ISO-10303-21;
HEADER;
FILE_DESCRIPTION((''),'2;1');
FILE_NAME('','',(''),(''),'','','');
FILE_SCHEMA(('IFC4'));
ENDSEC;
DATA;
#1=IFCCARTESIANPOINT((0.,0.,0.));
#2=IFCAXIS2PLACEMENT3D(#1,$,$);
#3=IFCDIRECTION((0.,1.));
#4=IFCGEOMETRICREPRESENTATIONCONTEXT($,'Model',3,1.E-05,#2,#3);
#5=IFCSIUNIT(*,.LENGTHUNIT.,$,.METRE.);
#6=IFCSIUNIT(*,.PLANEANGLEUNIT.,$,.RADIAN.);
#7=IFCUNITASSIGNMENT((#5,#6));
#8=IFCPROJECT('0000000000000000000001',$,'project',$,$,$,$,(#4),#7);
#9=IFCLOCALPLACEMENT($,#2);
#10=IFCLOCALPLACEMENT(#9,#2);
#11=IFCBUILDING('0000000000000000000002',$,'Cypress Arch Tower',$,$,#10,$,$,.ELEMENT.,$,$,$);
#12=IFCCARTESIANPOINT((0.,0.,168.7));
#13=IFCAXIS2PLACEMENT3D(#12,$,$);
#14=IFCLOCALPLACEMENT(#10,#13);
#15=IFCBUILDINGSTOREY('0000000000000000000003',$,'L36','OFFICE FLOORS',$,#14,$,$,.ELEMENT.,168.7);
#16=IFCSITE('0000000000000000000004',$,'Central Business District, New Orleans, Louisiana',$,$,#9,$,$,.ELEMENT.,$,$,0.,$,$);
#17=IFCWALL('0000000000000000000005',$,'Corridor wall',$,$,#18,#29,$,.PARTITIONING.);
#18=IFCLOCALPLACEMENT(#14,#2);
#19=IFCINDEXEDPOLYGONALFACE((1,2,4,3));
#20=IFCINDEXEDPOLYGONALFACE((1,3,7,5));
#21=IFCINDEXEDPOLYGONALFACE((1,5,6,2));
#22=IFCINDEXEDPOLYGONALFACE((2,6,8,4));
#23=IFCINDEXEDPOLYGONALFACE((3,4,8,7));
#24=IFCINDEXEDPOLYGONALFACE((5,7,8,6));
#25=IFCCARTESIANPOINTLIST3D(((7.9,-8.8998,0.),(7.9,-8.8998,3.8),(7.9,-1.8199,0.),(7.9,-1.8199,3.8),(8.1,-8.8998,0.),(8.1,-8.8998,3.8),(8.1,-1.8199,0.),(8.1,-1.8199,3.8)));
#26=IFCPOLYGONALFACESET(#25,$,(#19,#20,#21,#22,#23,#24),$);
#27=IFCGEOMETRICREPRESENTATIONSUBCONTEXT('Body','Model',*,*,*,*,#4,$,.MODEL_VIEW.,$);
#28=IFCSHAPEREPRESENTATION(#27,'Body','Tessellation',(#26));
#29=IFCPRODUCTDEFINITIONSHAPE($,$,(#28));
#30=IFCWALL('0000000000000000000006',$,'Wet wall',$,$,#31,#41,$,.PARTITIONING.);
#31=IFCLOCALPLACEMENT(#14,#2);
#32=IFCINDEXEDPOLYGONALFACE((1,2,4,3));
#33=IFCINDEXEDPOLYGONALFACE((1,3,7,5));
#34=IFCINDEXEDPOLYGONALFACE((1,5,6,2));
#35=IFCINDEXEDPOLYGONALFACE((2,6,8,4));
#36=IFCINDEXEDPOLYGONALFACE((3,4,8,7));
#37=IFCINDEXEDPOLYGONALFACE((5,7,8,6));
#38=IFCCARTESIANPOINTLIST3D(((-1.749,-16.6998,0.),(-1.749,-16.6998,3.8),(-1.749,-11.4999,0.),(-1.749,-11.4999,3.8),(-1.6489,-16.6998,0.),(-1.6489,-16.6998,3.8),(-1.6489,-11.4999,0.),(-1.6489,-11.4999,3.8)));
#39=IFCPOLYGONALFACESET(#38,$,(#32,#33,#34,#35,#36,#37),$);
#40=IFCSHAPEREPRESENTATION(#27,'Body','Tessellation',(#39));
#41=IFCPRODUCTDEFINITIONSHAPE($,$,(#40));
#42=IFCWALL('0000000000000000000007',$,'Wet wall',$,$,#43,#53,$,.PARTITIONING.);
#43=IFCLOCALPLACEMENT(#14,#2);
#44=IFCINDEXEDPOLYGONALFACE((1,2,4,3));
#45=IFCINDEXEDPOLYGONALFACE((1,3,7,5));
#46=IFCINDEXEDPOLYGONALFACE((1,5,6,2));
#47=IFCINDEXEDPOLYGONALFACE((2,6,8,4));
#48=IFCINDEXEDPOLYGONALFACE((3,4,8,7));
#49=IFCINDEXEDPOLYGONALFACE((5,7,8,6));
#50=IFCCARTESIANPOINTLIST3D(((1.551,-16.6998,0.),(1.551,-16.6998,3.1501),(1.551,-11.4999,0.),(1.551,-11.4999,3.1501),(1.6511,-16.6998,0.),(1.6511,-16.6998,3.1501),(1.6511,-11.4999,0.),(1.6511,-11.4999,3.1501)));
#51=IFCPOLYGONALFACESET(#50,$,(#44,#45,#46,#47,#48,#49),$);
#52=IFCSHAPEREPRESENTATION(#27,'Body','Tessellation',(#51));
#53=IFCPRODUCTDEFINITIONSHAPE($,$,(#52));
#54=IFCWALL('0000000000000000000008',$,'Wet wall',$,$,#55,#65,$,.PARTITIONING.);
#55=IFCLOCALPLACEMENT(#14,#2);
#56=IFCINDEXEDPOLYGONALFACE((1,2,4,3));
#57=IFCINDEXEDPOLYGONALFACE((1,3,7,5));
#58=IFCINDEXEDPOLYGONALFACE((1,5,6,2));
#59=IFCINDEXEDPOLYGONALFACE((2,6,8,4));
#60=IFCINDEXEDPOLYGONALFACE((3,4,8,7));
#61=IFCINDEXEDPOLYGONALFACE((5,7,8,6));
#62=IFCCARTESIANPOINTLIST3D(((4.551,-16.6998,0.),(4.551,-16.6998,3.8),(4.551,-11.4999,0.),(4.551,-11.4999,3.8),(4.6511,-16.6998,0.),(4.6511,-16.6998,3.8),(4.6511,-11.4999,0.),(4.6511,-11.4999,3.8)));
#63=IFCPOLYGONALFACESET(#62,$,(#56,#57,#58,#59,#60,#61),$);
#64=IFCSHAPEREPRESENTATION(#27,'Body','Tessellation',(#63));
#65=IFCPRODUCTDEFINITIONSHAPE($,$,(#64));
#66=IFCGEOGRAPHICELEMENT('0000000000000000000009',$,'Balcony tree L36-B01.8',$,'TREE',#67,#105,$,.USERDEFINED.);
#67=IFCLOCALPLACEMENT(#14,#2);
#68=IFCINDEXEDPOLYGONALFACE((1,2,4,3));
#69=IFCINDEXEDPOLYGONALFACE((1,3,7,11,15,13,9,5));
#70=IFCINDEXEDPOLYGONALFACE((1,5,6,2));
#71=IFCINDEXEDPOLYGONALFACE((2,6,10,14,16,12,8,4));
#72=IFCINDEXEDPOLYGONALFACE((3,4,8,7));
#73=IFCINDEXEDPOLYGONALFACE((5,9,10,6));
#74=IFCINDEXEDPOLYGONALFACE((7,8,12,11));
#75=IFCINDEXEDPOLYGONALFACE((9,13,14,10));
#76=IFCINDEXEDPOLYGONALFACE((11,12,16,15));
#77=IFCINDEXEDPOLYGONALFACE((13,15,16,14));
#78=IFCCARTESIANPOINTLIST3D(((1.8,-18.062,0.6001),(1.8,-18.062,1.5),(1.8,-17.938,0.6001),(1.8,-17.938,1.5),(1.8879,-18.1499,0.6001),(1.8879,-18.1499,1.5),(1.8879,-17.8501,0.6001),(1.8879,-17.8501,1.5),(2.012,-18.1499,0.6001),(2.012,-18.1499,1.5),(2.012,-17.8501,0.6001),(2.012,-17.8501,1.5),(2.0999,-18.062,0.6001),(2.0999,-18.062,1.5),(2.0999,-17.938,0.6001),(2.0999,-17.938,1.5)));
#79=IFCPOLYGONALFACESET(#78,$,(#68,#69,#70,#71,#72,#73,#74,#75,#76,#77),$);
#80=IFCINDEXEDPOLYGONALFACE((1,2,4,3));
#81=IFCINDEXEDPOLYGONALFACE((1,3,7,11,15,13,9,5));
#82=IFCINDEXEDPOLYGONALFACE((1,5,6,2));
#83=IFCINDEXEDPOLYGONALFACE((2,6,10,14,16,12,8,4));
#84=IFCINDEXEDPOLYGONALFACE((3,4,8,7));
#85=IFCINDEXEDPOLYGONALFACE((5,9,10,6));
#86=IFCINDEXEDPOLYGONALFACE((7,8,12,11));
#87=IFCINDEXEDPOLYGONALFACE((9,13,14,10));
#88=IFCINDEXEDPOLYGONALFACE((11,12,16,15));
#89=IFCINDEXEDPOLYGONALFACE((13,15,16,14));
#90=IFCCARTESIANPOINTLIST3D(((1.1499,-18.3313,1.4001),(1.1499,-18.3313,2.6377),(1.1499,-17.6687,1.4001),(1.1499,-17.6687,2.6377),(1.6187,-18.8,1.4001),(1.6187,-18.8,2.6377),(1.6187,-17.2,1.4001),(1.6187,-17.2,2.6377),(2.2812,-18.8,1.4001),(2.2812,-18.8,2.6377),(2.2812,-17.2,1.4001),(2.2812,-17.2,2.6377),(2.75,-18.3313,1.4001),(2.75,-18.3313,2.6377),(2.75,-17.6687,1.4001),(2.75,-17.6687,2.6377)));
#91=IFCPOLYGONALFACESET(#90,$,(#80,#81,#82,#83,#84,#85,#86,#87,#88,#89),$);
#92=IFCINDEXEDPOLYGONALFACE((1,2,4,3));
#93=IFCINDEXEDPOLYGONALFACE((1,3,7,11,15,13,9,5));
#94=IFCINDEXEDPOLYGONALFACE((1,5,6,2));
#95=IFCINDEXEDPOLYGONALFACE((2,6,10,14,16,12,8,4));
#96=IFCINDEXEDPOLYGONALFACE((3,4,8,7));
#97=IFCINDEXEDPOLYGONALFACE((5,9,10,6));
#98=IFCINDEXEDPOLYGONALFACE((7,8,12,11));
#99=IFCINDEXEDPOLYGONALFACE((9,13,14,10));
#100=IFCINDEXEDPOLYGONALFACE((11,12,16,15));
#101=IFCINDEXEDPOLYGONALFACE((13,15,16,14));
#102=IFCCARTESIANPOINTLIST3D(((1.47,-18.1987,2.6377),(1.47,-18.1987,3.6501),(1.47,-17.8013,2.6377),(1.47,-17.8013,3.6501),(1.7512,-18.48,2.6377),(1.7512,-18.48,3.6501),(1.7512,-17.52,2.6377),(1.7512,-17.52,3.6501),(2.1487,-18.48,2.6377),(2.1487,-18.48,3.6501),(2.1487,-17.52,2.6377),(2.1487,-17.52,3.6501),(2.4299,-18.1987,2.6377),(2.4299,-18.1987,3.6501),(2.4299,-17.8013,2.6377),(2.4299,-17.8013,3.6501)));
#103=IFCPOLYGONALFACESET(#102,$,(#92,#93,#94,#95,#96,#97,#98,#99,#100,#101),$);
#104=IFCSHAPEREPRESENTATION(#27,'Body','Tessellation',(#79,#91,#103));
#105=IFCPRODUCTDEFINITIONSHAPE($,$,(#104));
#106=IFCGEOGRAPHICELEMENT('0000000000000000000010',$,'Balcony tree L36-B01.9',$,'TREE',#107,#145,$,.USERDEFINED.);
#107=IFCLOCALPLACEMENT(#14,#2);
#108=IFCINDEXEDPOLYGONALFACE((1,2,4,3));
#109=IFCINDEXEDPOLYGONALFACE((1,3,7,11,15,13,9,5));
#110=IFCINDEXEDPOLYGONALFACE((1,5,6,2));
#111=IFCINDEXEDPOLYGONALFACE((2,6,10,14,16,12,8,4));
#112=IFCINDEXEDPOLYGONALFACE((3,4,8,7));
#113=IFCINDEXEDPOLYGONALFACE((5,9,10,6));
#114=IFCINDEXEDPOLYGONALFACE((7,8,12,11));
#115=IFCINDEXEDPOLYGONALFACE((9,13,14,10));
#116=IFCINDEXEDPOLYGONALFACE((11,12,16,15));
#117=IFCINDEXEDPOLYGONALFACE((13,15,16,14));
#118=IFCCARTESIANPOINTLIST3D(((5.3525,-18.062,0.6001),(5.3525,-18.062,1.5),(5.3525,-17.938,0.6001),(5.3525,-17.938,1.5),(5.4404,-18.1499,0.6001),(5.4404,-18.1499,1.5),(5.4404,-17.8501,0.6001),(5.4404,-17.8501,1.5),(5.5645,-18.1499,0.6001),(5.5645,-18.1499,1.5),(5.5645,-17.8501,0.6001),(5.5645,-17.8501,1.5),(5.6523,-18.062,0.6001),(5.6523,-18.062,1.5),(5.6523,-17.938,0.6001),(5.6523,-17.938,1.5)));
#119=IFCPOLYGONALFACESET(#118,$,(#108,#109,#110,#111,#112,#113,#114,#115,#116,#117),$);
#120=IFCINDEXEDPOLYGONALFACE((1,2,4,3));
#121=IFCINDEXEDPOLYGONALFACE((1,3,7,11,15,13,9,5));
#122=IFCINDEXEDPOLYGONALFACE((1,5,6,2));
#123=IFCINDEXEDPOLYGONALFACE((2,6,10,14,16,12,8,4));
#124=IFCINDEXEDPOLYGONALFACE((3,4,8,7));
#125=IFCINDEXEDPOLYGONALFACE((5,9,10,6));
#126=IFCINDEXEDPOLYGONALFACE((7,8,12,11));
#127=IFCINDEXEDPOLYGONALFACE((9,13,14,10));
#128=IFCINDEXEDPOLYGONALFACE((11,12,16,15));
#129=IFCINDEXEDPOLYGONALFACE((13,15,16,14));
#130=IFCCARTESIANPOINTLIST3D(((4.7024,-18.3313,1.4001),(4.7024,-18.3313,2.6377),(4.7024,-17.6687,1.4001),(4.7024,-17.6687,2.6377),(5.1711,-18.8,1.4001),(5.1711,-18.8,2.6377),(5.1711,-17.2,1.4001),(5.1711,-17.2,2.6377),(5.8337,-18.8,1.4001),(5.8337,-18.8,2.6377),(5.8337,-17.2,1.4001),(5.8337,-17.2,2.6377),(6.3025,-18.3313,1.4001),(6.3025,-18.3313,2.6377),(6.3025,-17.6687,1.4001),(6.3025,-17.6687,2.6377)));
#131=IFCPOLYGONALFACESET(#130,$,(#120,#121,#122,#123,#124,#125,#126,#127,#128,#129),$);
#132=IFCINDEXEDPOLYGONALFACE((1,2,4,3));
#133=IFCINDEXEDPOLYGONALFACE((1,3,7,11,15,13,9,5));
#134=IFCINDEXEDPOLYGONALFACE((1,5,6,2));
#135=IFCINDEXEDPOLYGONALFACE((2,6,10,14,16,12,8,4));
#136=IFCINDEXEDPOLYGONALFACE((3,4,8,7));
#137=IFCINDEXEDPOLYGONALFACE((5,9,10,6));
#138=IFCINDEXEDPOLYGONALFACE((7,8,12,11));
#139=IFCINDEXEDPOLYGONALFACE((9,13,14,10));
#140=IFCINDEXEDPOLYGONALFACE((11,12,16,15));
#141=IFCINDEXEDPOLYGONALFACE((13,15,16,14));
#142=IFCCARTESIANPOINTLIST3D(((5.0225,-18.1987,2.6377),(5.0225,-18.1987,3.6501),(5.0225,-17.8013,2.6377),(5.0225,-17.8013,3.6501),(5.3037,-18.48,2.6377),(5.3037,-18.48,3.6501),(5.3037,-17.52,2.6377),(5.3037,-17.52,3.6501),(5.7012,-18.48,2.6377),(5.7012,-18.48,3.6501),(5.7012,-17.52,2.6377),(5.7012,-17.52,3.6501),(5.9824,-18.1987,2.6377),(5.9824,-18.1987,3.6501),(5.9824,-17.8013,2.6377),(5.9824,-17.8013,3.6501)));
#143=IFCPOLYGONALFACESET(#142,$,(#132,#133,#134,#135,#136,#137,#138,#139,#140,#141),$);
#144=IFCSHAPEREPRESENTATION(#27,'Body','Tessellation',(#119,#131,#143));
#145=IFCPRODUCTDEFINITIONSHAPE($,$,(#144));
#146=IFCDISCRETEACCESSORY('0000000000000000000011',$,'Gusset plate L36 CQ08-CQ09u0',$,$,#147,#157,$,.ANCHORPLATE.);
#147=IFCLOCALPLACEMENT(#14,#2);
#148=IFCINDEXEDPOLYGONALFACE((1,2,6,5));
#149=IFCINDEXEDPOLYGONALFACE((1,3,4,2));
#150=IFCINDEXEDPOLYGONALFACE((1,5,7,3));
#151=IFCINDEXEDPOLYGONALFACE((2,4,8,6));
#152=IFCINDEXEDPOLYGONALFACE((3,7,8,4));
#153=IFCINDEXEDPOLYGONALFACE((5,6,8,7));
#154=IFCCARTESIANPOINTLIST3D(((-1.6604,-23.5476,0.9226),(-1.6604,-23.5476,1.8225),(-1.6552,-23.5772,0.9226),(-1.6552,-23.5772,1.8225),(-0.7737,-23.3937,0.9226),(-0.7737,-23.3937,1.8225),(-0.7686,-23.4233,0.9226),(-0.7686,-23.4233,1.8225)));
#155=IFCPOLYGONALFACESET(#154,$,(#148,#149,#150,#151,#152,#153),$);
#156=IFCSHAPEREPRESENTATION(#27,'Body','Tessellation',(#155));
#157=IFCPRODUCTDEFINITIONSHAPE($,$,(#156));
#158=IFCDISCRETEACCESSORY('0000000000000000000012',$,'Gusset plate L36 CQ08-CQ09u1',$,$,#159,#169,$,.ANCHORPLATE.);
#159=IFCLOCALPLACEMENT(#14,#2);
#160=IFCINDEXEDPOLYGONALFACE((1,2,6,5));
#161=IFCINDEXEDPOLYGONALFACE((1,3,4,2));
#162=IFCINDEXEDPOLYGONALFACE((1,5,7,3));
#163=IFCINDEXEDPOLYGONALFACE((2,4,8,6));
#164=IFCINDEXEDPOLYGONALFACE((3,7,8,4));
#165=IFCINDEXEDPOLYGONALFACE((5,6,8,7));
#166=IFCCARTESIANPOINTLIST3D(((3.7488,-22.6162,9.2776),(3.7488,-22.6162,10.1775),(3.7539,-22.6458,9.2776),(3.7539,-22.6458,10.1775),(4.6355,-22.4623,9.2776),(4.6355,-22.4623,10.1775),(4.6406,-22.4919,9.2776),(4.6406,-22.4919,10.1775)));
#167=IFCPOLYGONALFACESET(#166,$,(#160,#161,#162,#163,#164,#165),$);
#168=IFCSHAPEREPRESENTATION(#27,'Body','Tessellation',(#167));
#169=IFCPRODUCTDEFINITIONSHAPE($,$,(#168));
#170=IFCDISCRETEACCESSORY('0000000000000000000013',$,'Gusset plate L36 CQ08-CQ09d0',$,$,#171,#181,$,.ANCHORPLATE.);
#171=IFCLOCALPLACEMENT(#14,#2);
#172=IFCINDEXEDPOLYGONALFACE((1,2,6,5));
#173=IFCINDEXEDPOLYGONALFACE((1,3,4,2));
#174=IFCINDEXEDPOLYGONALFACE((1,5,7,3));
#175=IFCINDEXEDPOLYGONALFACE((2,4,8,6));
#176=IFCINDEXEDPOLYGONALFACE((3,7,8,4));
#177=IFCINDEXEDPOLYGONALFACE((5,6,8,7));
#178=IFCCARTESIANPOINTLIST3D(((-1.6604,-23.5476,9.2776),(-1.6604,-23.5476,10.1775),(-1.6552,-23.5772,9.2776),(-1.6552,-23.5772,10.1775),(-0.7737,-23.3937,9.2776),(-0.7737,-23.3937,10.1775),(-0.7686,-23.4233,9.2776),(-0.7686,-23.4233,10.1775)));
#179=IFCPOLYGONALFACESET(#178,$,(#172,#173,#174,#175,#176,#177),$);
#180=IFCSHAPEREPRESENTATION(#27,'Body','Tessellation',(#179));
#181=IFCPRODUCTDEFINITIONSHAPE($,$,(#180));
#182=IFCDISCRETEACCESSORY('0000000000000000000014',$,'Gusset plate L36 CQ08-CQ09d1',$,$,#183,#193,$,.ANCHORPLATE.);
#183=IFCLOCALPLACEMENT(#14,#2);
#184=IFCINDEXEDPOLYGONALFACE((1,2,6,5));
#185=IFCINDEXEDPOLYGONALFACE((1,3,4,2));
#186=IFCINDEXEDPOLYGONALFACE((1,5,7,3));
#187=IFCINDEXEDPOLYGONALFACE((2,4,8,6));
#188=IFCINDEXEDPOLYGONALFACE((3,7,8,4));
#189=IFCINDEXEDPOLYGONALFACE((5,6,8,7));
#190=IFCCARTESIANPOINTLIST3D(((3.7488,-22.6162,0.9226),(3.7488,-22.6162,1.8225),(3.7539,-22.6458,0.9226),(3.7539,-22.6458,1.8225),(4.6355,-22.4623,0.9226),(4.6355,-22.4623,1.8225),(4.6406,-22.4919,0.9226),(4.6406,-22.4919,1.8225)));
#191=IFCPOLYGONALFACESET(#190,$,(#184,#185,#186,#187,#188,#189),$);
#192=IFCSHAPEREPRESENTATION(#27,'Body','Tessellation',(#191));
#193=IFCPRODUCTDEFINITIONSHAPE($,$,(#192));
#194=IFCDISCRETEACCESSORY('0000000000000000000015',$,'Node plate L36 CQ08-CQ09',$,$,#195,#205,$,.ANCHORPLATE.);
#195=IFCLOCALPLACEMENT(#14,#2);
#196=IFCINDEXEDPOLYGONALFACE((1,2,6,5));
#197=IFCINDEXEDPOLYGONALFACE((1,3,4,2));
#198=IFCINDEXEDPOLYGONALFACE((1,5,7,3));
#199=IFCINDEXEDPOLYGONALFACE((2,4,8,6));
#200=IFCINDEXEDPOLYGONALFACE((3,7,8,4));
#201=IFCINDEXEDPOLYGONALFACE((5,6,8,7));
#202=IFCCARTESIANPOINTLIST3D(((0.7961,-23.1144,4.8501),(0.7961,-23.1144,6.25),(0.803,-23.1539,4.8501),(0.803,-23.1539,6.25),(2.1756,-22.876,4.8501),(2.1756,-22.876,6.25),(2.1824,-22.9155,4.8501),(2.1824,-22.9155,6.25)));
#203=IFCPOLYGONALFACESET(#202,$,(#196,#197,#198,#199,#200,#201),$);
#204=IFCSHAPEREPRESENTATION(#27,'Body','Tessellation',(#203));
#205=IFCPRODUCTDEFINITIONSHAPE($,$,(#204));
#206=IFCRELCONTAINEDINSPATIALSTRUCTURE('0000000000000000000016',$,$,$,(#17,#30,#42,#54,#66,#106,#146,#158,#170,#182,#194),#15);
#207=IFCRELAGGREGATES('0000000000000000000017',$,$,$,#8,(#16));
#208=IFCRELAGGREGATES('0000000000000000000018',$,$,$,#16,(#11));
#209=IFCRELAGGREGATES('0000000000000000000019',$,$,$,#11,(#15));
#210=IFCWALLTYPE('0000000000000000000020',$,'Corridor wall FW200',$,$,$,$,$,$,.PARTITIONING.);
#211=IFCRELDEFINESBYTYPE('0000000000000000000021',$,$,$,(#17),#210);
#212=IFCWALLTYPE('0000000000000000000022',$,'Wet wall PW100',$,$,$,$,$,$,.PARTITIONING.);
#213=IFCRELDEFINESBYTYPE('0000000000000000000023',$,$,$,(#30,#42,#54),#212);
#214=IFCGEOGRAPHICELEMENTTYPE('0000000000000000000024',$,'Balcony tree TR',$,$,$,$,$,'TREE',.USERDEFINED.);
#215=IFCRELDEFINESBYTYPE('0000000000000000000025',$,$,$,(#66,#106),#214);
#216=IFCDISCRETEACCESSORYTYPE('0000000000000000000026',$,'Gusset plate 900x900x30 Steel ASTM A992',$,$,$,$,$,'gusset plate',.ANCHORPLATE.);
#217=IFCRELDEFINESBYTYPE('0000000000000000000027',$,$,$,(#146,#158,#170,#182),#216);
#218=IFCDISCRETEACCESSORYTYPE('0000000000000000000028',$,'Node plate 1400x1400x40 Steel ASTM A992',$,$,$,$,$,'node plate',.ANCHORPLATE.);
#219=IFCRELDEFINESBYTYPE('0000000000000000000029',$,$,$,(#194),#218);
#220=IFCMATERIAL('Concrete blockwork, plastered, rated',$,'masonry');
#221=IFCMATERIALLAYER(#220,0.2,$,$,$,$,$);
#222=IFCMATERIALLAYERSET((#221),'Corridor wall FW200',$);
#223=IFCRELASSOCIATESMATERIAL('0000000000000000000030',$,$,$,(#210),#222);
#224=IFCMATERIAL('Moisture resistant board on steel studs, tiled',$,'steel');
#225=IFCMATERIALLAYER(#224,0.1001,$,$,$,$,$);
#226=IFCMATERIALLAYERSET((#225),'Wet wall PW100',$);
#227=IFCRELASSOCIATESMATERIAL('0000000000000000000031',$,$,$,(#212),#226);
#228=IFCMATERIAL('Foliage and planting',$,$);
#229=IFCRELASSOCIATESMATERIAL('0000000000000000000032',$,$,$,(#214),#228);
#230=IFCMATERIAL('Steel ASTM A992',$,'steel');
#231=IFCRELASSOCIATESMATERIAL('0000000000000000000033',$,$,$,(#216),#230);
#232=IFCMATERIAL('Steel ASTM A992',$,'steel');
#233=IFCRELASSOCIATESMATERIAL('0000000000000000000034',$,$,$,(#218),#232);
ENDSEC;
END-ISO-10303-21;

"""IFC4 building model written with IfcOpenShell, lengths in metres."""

from ifc_helpers import new_model, si_unit, direction, frame, frame_2d, origin, origin_2d, place, context, subcontext, project, spatial, polyline, rectangle, outline, extrude, material, layer, layer_set, material_profile, profile_set, type_object, element, save


model = new_model("IFC4")

# Units and contexts
model_context = context("Model", 3, precision=1e-05, world=origin(), true_north=direction((0.0, 1.0)))
body_context = subcontext(model_context, "Body", "Model", "MODEL_VIEW")
ifc_project = project(units=[si_unit("LENGTHUNIT", "METRE"), si_unit("PLANEANGLEUNIT", "RADIAN")], contexts=[model_context])

# Site, building, storey
site_placement = place(None, origin())
site = spatial("IfcSite", under=ifc_project, at=site_placement, Name="Central Business District, New Orleans, Louisiana", CompositionType="ELEMENT", RefElevation=0.0)
building_placement = place(site_placement, origin())
building = spatial("IfcBuilding", under=site, at=building_placement, Name="Cypress Arch Tower", CompositionType="ELEMENT")
storey_placement = place(building_placement, frame((0.0, 0.0, 168.7)))
storey = spatial("IfcBuildingStorey", under=building, at=storey_placement, Name="L36", Description="OFFICE FLOORS", CompositionType="ELEMENT", Elevation=168.7)

# Walls
ifc_material_1 = material(Name="Concrete blockwork, plastered, rated", Category="masonry")
ifc_layer_1 = layer(ifc_material_1, 0.2)
ifc_layer_set_1 = layer_set([ifc_layer_1], Name="Corridor wall FW200")
wall_type_1 = type_object("IfcWallType", Name="Corridor wall FW200", PredefinedType="PARTITIONING", material=ifc_layer_set_1)
wall_1_placement = place(storey_placement, frame((8.0, -8.8999, 0.0), z_axis=(0.0, 0.0, 1.0), x_axis=(0.0, 1.0, 0.0)))
element("IfcWall", 1, at=wall_1_placement, inside=storey, type_object=wall_type_1, Name="Corridor wall", PredefinedType="PARTITIONING", context=body_context, shape_type="SweptSolid", body=[
    extrude(rectangle(XDim=7.0798, YDim=0.2, at=frame_2d((3.54, 0.0))), origin(), (0.0, 0.0, 1.0), 3.8),
])
ifc_material_2 = material(Name="Moisture resistant board on steel studs, tiled", Category="steel")
ifc_layer_2 = layer(ifc_material_2, 0.1001)
ifc_layer_set_2 = layer_set([ifc_layer_2], Name="Wet wall PW100")
wall_type_2 = type_object("IfcWallType", Name="Wet wall PW100", PredefinedType="PARTITIONING", material=ifc_layer_set_2)
wall_2_placement = place(storey_placement, frame((-1.699, -16.7, 0.0), z_axis=(0.0, 0.0, 1.0), x_axis=(0.0, 1.0, 0.0)))
element("IfcWall", 2, at=wall_2_placement, inside=storey, type_object=wall_type_2, Name="Wet wall", PredefinedType="PARTITIONING", context=body_context, shape_type="SweptSolid", body=[
    extrude(rectangle(XDim=5.2, YDim=0.1001, at=frame_2d((2.6001, 0.0))), origin(), (0.0, 0.0, 1.0), 3.8),
])
wall_3_placement = place(storey_placement, frame((1.6011, -16.7, 0.0), z_axis=(0.0, 0.0, 1.0), x_axis=(0.0, 1.0, 0.0)))
element("IfcWall", 3, at=wall_3_placement, inside=storey, type_object=wall_type_2, Name="Wet wall", PredefinedType="PARTITIONING", context=body_context, shape_type="SweptSolid", body=[
    extrude(rectangle(XDim=5.2, YDim=0.1001, at=frame_2d((2.6001, 0.0))), origin(), (0.0, 0.0, 1.0), 3.1501),
])
wall_4_placement = place(storey_placement, frame((4.6011, -16.7, 0.0), z_axis=(0.0, 0.0, 1.0), x_axis=(0.0, 1.0, 0.0)))
element("IfcWall", 4, at=wall_4_placement, inside=storey, type_object=wall_type_2, Name="Wet wall", PredefinedType="PARTITIONING", context=body_context, shape_type="SweptSolid", body=[
    extrude(rectangle(XDim=5.2, YDim=0.1001, at=frame_2d((2.6001, 0.0))), origin(), (0.0, 0.0, 1.0), 3.8),
])

# Geographic elements
ifc_material_3 = material(Name="Foliage and planting")
geographic_element_type = type_object("IfcGeographicElementType", Name="Balcony tree TR", ElementType="TREE", PredefinedType="USERDEFINED", material=ifc_material_3)
for number, where, z_axis, x_axis, name in (
    (5, (1.95, -18.0, 0.6001), (0.0, 0.0, 1.0), (1.0, 0.0, 0.0), "Balcony tree L36-B01.8"),
    (6, (5.5024, -18.0, 0.6001), (0.0, 0.0, 1.0), (1.0, 0.0, 0.0), "Balcony tree L36-B01.9"),
):
    element("IfcGeographicElement", number, at=place(storey_placement, frame(where, z_axis=z_axis, x_axis=x_axis)), inside=storey, type_object=geographic_element_type, Name=name, ObjectType="TREE", PredefinedType="USERDEFINED", context=body_context, shape_type="SweptSolid", body=[
        extrude(outline(polyline([(0.1499, 0.062), (0.062, 0.1499), (-0.062, 0.1499), (-0.1499, 0.062), (-0.1499, -0.062), (-0.062, -0.1499), (0.062, -0.1499), (0.1499, -0.062), (0.1499, 0.062)])), origin(), (0.0, 0.0, 1.0), 0.8999),
        extrude(outline(polyline([(0.8, 0.3313), (0.3313, 0.8), (-0.3313, 0.8), (-0.8, 0.3313), (-0.8, -0.3313), (-0.3313, -0.8), (0.3313, -0.8), (0.8, -0.3313), (0.8, 0.3313)])), frame((0.0, 0.0, 0.8)), (0.0, 0.0, 1.0), 1.2375),
        extrude(outline(polyline([(0.48, 0.1987), (0.1987, 0.48), (-0.1987, 0.48), (-0.48, 0.1987), (-0.48, -0.1987), (-0.1987, -0.48), (0.1987, -0.48), (0.48, -0.1987), (0.48, 0.1987)])), frame((0.0, 0.0, 2.0376)), (0.0, 0.0, 1.0), 1.0125),
    ])

# Discrete accessories
ifc_material_4 = material(Name="Steel ASTM A992", Category="steel")
ifc_material_profile_1 = material_profile(ifc_material_4, rectangle(XDim=0.8999, YDim=0.8999, at=origin_2d()), Name="PL 30 900x900")
ifc_profile_set_1 = profile_set([ifc_material_profile_1], Name="Steel ASTM A992")
discrete_accessory_type_1 = type_object("IfcDiscreteAccessoryType", Name="Gusset plate 900x900x30 Steel ASTM A992", ElementType="gusset plate", PredefinedType="ANCHORPLATE", material=ifc_profile_set_1)
for number, where, z_axis, x_axis, name in (
    (7, (-1.2119, -23.5002, 1.3726), (-0.170998, 0.985271, 0.0), (-0.985271, -0.170998, 0.0), "Gusset plate L36 CQ08-CQ09u0"),
    (8, (4.1973, -22.5688, 9.7275), (-0.170998, 0.985271, 0.0), (-0.985271, -0.170998, 0.0), "Gusset plate L36 CQ08-CQ09u1"),
    (9, (-1.2119, -23.5002, 9.7275), (-0.170998, 0.985271, 0.0), (-0.985271, -0.170998, 0.0), "Gusset plate L36 CQ08-CQ09d0"),
    (10, (4.1973, -22.5688, 1.3726), (-0.170998, 0.985271, 0.0), (-0.985271, -0.170998, 0.0), "Gusset plate L36 CQ08-CQ09d1"),
):
    element("IfcDiscreteAccessory", number, at=place(storey_placement, frame(where, z_axis=z_axis, x_axis=x_axis)), inside=storey, type_object=discrete_accessory_type_1, Name=name, PredefinedType="ANCHORPLATE", context=body_context, shape_type="SweptSolid", body=[
        extrude(rectangle(XDim=0.8999, YDim=0.8999, at=origin_2d()), origin(), (0.0, 0.0, 1.0), 0.03),
    ])
ifc_material_5 = material(Name="Steel ASTM A992", Category="steel")
ifc_material_profile_2 = material_profile(ifc_material_5, rectangle(XDim=1.3999, YDim=1.3999, at=origin_2d()), Name="PL 40 1400x1400")
ifc_profile_set_2 = profile_set([ifc_material_profile_2], Name="Steel ASTM A992")
discrete_accessory_type_2 = type_object("IfcDiscreteAccessoryType", Name="Node plate 1400x1400x40 Steel ASTM A992", ElementType="node plate", PredefinedType="ANCHORPLATE", material=ifc_profile_set_2)
discrete_accessory_placement = place(storey_placement, frame((1.4927, -23.0347, 5.55), z_axis=(-0.170314, 0.98539, 0.0), x_axis=(-0.98539, -0.170314, 0.0)))
element("IfcDiscreteAccessory", 11, at=discrete_accessory_placement, inside=storey, type_object=discrete_accessory_type_2, Name="Node plate L36 CQ08-CQ09", PredefinedType="ANCHORPLATE", context=body_context, shape_type="SweptSolid", body=[
    extrude(rectangle(XDim=1.3999, YDim=1.3999, at=origin_2d()), origin(), (0.0, 0.0, 1.0), 0.04),
])

save(model, "model.ifc")
